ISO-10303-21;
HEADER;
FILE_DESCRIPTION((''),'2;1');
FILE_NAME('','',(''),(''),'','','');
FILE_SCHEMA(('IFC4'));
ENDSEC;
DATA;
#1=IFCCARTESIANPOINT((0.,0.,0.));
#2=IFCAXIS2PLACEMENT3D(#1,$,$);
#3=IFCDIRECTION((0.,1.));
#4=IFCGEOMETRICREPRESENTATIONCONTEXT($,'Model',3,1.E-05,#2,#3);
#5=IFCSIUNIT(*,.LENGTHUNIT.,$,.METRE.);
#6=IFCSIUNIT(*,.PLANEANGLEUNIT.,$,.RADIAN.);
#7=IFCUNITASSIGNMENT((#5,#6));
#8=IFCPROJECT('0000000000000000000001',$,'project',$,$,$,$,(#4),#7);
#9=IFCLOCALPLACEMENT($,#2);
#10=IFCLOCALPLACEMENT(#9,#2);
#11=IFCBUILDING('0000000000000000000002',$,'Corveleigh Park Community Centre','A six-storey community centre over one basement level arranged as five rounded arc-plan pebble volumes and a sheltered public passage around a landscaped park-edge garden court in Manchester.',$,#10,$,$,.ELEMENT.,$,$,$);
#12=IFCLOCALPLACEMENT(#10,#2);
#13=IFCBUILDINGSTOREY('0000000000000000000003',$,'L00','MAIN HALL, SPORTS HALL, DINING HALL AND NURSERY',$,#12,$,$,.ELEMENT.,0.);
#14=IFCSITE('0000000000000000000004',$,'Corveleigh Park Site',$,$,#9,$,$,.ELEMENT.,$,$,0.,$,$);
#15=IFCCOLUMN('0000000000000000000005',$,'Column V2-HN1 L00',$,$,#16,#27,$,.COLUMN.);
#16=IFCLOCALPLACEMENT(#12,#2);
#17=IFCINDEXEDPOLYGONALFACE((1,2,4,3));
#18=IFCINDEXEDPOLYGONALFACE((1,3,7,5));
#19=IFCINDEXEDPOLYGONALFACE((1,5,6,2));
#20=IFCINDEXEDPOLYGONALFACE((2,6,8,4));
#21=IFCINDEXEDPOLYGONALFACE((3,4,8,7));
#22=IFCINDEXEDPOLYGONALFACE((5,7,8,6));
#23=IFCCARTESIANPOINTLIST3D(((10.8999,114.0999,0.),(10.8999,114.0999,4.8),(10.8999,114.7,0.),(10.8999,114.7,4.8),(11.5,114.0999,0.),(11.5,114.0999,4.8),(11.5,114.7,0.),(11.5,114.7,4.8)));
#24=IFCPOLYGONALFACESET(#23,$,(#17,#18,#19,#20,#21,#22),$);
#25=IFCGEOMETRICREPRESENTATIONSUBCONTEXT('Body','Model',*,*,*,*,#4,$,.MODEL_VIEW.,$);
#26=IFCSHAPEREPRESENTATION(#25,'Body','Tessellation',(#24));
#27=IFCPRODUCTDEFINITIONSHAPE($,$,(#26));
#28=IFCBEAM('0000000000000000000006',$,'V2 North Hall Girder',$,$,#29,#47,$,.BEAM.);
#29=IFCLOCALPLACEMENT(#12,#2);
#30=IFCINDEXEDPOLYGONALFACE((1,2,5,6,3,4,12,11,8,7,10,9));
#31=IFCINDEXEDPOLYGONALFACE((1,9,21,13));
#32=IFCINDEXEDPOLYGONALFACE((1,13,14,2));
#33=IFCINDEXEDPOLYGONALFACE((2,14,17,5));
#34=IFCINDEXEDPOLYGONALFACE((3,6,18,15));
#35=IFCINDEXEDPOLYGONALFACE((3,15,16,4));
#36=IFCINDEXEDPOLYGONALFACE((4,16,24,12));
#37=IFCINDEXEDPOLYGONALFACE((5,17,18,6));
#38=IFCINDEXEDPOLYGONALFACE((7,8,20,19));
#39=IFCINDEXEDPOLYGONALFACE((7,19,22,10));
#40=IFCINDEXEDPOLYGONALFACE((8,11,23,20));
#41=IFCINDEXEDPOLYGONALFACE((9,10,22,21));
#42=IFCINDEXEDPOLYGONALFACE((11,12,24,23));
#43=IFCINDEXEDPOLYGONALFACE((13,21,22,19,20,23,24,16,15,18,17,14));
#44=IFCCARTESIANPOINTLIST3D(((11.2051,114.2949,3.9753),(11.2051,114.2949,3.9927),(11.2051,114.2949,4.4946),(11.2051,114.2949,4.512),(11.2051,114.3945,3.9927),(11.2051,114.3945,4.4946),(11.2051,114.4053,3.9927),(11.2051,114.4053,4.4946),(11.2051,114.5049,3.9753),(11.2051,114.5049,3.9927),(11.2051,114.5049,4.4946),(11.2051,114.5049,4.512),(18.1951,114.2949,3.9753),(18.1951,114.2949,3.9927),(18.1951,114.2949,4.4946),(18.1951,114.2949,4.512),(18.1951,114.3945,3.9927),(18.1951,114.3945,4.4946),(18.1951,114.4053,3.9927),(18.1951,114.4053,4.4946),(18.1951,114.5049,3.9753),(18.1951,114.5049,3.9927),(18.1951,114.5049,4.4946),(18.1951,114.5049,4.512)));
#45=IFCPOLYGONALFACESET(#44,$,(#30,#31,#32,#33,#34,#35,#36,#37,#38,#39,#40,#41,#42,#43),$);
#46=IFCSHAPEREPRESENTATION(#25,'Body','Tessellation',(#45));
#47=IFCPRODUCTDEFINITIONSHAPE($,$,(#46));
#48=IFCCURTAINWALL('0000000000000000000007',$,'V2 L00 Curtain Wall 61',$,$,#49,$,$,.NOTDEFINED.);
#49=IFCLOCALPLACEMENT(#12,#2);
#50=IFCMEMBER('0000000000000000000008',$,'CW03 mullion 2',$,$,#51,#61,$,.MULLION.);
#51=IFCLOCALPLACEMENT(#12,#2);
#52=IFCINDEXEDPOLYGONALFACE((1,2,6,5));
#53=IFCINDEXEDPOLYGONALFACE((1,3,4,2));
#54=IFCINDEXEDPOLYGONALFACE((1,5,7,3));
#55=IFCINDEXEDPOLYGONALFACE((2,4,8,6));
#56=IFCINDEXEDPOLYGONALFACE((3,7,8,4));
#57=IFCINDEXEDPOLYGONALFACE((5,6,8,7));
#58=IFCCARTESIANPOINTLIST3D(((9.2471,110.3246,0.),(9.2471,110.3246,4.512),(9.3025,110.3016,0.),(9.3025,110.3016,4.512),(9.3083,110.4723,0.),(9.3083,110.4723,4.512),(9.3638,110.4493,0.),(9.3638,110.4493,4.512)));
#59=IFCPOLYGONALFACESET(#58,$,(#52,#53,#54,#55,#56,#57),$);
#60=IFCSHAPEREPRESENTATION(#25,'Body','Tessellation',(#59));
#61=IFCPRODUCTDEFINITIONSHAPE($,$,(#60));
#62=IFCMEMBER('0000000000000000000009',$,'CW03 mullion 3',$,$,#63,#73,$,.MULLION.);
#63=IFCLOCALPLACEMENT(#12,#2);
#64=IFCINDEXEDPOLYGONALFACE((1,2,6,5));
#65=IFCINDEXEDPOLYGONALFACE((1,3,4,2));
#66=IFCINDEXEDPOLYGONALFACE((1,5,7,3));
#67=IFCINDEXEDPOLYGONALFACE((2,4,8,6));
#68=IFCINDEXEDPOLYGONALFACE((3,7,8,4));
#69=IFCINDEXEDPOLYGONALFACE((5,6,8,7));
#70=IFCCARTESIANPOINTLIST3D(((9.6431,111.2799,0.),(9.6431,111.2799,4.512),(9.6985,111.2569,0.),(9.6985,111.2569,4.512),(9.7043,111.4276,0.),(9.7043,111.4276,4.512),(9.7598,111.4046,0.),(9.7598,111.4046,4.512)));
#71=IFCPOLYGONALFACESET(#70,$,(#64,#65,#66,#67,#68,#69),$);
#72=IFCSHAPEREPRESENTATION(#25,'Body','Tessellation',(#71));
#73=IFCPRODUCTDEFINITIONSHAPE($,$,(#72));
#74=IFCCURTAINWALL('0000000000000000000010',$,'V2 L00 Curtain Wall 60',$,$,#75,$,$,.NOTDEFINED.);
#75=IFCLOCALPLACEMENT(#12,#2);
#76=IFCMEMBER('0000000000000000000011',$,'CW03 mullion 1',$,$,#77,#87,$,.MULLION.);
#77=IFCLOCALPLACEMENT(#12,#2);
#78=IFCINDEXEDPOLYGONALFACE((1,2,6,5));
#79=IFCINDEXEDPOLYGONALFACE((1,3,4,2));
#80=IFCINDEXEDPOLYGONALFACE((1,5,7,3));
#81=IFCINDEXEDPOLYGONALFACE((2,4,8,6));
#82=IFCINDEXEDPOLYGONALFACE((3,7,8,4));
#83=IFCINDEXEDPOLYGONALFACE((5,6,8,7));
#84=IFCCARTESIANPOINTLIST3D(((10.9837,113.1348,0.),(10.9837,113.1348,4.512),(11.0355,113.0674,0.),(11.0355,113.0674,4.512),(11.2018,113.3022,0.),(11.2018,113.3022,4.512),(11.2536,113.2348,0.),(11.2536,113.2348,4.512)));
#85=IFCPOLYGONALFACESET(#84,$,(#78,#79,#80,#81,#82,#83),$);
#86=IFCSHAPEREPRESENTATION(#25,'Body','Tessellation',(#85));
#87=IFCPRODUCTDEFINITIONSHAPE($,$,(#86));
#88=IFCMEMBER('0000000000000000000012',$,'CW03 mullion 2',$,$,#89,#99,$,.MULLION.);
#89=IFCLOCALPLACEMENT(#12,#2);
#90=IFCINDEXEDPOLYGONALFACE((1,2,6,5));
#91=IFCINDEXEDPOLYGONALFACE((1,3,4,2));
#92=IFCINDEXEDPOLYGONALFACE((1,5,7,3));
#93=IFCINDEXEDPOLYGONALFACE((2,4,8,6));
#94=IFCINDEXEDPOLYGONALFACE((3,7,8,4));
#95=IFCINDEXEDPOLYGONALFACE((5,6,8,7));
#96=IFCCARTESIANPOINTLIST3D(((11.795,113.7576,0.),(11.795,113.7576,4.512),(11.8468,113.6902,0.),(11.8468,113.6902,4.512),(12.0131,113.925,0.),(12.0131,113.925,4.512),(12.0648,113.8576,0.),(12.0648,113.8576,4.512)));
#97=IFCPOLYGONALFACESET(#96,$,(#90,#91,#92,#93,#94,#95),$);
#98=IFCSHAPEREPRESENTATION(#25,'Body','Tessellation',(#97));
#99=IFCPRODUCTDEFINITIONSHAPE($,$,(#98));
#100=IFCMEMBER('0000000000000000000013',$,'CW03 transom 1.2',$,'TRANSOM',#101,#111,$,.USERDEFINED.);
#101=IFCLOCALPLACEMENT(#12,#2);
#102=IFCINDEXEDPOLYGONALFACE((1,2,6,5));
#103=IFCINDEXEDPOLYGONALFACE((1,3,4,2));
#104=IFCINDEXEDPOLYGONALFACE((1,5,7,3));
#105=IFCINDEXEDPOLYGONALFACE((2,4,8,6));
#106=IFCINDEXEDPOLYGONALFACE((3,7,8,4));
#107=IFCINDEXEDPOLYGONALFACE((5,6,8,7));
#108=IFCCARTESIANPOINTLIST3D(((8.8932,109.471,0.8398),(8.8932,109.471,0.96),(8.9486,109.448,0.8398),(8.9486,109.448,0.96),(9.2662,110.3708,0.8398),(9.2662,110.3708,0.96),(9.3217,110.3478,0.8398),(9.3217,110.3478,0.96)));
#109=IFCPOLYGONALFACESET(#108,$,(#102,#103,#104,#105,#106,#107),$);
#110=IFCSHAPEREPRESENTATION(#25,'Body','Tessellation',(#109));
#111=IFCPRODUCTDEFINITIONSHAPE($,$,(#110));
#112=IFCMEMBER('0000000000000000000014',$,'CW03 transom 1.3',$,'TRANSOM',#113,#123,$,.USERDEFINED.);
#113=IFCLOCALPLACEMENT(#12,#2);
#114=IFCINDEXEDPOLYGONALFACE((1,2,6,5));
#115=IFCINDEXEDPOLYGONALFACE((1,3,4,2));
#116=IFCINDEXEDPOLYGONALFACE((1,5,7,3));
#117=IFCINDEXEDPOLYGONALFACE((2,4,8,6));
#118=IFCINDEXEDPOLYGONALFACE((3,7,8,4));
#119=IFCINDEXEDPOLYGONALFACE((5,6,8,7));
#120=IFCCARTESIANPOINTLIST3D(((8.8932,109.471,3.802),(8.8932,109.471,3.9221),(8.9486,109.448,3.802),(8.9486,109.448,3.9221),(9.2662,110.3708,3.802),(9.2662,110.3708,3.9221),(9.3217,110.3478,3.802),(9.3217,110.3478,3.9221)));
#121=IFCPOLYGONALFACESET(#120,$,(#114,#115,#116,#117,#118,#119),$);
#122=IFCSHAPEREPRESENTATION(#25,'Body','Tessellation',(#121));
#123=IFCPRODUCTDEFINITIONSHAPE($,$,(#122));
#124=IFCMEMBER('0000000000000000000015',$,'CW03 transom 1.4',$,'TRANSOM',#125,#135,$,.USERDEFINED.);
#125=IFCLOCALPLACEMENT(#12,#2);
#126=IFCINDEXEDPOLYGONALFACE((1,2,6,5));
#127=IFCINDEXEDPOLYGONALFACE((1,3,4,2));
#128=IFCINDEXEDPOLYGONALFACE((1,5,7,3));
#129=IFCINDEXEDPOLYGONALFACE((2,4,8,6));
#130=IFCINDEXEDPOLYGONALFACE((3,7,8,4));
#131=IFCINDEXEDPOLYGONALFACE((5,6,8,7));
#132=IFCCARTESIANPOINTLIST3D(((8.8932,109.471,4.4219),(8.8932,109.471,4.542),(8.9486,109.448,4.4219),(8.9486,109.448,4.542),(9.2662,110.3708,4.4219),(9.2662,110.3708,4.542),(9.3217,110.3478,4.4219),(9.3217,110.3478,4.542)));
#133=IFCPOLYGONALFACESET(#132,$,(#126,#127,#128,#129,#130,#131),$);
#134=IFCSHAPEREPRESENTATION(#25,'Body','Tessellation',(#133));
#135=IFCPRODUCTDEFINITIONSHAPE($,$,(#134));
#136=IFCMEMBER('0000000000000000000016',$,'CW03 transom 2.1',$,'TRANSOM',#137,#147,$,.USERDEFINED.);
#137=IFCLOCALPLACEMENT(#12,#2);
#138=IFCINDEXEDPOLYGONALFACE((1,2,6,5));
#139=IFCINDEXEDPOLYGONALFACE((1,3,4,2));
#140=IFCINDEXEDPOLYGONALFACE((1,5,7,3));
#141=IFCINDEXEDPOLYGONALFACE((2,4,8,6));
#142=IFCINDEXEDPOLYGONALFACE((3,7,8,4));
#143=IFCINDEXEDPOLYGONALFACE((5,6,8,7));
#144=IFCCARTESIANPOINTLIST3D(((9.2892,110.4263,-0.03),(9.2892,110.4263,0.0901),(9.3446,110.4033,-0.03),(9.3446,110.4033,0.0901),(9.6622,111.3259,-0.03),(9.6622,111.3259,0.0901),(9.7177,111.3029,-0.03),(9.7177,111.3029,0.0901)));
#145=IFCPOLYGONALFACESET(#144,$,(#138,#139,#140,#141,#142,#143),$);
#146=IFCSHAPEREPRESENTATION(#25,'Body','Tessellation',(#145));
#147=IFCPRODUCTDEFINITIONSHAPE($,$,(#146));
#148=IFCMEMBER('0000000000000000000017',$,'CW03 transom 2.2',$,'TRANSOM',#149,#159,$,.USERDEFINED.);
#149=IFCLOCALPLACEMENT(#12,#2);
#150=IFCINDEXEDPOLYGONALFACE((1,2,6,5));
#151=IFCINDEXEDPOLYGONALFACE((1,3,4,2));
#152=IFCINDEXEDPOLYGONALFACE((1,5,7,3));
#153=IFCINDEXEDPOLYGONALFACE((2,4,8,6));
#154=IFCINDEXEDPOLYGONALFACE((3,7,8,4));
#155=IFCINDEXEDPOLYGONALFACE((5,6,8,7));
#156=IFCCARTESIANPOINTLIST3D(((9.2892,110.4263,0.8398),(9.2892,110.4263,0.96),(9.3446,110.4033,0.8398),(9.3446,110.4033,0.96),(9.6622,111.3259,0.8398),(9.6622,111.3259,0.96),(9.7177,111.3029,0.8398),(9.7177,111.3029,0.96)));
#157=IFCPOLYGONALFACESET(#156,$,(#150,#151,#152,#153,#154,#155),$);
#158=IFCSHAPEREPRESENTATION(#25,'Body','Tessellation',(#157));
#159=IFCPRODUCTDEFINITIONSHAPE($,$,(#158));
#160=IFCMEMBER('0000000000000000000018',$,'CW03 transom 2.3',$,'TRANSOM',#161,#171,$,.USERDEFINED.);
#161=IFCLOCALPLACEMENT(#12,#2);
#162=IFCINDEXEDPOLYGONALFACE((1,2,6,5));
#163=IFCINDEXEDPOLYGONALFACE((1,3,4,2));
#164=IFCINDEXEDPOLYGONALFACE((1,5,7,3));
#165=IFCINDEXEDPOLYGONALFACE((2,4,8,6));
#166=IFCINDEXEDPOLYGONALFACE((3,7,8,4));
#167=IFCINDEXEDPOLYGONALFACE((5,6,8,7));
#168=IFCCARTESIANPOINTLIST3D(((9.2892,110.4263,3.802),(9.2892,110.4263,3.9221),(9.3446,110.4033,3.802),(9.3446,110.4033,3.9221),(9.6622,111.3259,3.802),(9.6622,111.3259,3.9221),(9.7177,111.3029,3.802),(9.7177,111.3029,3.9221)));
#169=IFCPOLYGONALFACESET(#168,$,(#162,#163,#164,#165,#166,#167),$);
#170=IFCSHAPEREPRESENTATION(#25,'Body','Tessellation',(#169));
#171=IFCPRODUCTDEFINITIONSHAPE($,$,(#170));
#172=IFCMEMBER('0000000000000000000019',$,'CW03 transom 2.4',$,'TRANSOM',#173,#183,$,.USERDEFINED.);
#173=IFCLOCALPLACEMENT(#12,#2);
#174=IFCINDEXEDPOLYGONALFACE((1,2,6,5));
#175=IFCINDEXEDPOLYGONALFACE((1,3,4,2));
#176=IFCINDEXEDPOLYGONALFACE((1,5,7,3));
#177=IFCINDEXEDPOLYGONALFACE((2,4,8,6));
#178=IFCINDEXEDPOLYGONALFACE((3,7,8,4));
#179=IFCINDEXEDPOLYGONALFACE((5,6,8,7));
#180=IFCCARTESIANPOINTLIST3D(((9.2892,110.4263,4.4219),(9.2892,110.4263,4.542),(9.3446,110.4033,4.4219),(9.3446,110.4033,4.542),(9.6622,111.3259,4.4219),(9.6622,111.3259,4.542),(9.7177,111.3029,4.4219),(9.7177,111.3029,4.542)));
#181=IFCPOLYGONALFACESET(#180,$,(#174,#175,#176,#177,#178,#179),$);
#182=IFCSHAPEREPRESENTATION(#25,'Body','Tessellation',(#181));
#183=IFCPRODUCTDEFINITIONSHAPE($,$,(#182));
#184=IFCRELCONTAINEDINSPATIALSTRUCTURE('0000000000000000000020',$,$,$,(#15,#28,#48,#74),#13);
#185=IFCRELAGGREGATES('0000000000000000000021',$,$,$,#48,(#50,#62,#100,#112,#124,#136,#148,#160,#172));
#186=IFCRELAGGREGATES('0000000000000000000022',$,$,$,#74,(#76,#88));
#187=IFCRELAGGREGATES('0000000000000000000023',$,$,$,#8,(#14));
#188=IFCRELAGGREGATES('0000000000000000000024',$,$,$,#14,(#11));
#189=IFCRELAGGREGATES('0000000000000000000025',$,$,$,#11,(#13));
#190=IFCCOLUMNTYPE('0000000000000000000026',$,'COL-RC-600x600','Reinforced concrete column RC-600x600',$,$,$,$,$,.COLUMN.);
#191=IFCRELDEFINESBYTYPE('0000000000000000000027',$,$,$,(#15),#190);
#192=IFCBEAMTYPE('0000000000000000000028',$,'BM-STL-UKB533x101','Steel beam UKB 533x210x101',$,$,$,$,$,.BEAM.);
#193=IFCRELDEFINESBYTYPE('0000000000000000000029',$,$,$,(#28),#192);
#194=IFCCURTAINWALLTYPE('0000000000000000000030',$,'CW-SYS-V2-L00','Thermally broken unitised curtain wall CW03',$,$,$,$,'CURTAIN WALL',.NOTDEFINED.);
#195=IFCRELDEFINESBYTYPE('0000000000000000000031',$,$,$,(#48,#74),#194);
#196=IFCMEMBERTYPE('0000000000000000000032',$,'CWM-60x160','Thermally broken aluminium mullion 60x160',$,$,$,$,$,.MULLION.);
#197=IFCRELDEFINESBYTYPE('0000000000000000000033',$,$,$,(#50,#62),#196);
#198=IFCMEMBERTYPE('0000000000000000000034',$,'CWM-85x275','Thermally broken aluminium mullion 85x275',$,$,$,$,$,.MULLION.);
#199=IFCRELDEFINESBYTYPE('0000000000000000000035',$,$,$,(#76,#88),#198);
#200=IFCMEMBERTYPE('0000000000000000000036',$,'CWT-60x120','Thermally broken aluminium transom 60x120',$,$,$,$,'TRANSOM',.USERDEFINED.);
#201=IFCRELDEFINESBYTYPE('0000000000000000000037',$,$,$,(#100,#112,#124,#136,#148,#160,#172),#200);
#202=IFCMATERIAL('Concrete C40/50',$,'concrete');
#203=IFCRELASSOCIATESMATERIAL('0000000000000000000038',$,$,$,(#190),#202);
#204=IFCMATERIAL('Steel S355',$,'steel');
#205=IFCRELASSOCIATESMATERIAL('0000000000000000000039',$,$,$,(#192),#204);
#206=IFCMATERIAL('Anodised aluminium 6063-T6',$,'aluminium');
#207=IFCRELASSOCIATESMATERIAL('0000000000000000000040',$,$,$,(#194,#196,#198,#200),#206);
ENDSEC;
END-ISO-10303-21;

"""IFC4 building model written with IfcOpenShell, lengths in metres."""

from ifc_helpers import new_model, si_unit, direction, frame, origin, origin_2d, place, context, subcontext, project, spatial, rectangle, i_section, extrude, material, material_profile, profile_set, type_object, element, aggregate, save


model = new_model("IFC4")

# Units and contexts
model_context = context("Model", 3, precision=1e-05, world=origin(), true_north=direction((0.0, 1.0)))
body_context = subcontext(model_context, "Body", "Model", "MODEL_VIEW")
ifc_project = project(units=[si_unit("LENGTHUNIT", "METRE"), si_unit("PLANEANGLEUNIT", "RADIAN")], contexts=[model_context])

# Site, building, storey
site_placement = place(None, origin())
site = spatial("IfcSite", under=ifc_project, at=site_placement, Name="Corveleigh Park Site", CompositionType="ELEMENT", RefElevation=0.0)
building_placement = place(site_placement, origin())
building = spatial("IfcBuilding", under=site, at=building_placement, Name="Corveleigh Park Community Centre", Description="A six-storey community centre over one basement level arranged as five rounded arc-plan pebble volumes and a sheltered public passage around a landscaped park-edge garden court in Manchester.", CompositionType="ELEMENT")
storey_placement = place(building_placement, origin())
storey = spatial("IfcBuildingStorey", under=building, at=storey_placement, Name="L00", Description="MAIN HALL, SPORTS HALL, DINING HALL AND NURSERY", CompositionType="ELEMENT", Elevation=0.0)

# Column
ifc_material_1 = material(Name="Concrete C40/50", Category="concrete")
ifc_material_profile_1 = material_profile(ifc_material_1, rectangle(XDim=0.6001, YDim=0.6001, at=origin_2d()), Name="RC-600x600", Category="concrete")
ifc_profile_set_1 = profile_set([ifc_material_profile_1], Name="Concrete C40/50")
column_type = type_object("IfcColumnType", Name="COL-RC-600x600", Description="Reinforced concrete column RC-600x600", PredefinedType="COLUMN", material=ifc_profile_set_1)
column_placement = place(storey_placement, frame((11.2, 114.3999, 0.0), z_axis=(0.0, 0.0, 1.0), x_axis=(1.0, 0.0, 0.0)))
element("IfcColumn", 1, at=column_placement, inside=storey, type_object=column_type, Name="Column V2-HN1 L00", PredefinedType="COLUMN", context=body_context, shape_type="SweptSolid", body=[
    extrude(rectangle(XDim=0.6001, YDim=0.6001, at=origin_2d()), origin(), (0.0, 0.0, 1.0), 4.8),
])

# Beam
ifc_material_2 = material(Name="Steel S355", Category="steel")
ifc_material_profile_2 = material_profile(ifc_material_2, i_section(OverallWidth=0.21, OverallDepth=0.5366, WebThickness=0.0107, FlangeThickness=0.0173, at=origin_2d()), Name="UKB 533x210x101", Category="steel")
ifc_profile_set_2 = profile_set([ifc_material_profile_2], Name="Steel S355")
beam_type = type_object("IfcBeamType", Name="BM-STL-UKB533x101", Description="Steel beam UKB 533x210x101", PredefinedType="BEAM", material=ifc_profile_set_2)
beam_placement = place(storey_placement, frame((11.2051, 114.3999, 4.2437), z_axis=(1.0, 0.0, 0.0), x_axis=(0.0, 1.0, 0.0)))
element("IfcBeam", 2, at=beam_placement, inside=storey, type_object=beam_type, Name="V2 North Hall Girder", PredefinedType="BEAM", context=body_context, shape_type="SweptSolid", body=[
    extrude(i_section(OverallWidth=0.21, OverallDepth=0.5366, WebThickness=0.0107, FlangeThickness=0.0173, at=origin_2d()), origin(), (0.0, 0.0, 1.0), 6.99),
])

# Curtain walls, members
ifc_material_3 = material(Name="Anodised aluminium 6063-T6", Category="aluminium")
curtain_wall_type = type_object("IfcCurtainWallType", Name="CW-SYS-V2-L00", Description="Thermally broken unitised curtain wall CW03", ElementType="CURTAIN WALL", PredefinedType="NOTDEFINED", material=ifc_material_3)
curtain_wall_1_placement = place(storey_placement, origin())
curtain_wall_1 = element("IfcCurtainWall", 3, at=curtain_wall_1_placement, inside=storey, type_object=curtain_wall_type, Name="V2 L00 Curtain Wall 61", PredefinedType="NOTDEFINED")
ifc_material_profile_3 = material_profile(ifc_material_3, rectangle(XDim=0.0601, YDim=0.1599, at=origin_2d()), Name="ALU-M60x160", Category="aluminium")
ifc_profile_set_3 = profile_set([ifc_material_profile_3], Name="Anodised aluminium 6063-T6")
member_type_1 = type_object("IfcMemberType", Name="CWM-60x160", Description="Thermally broken aluminium mullion 60x160", PredefinedType="MULLION", material=ifc_profile_set_3)
member_1_placement = place(storey_placement, frame((9.3054, 110.387, 0.0), z_axis=(0.0, 0.0, 1.0), x_axis=(-0.92377, 0.382947, 0.0)))
member_1 = element("IfcMember", 4, at=member_1_placement, type_object=member_type_1, Name="CW03 mullion 2", PredefinedType="MULLION", context=body_context, shape_type="SweptSolid", body=[
    extrude(rectangle(XDim=0.0601, YDim=0.1599, at=origin_2d()), origin(), (0.0, 0.0, 1.0), 4.512),
])
member_2_placement = place(storey_placement, frame((9.7014, 111.3423, 0.0), z_axis=(0.0, 0.0, 1.0), x_axis=(-0.92377, 0.382947, 0.0)))
member_2 = element("IfcMember", 5, at=member_2_placement, type_object=member_type_1, Name="CW03 mullion 3", PredefinedType="MULLION", context=body_context, shape_type="SweptSolid", body=[
    extrude(rectangle(XDim=0.0601, YDim=0.1599, at=origin_2d()), origin(), (0.0, 0.0, 1.0), 4.512),
])
curtain_wall_2_placement = place(storey_placement, origin())
curtain_wall_2 = element("IfcCurtainWall", 6, at=curtain_wall_2_placement, inside=storey, type_object=curtain_wall_type, Name="V2 L00 Curtain Wall 60", PredefinedType="NOTDEFINED")
ifc_material_profile_4 = material_profile(ifc_material_3, rectangle(XDim=0.085, YDim=0.2749, at=origin_2d()), Name="ALU-M85x275", Category="aluminium")
ifc_profile_set_4 = profile_set([ifc_material_profile_4], Name="Anodised aluminium 6063-T6")
member_type_2 = type_object("IfcMemberType", Name="CWM-85x275", Description="Thermally broken aluminium mullion 85x275", PredefinedType="MULLION", material=ifc_profile_set_4)
member_3_placement = place(storey_placement, frame((11.1187, 113.1848, 0.0), z_axis=(0.0, 0.0, 1.0), x_axis=(-0.608826, 0.793304, 0.0)))
member_3 = element("IfcMember", 7, at=member_3_placement, type_object=member_type_2, Name="CW03 mullion 1", PredefinedType="MULLION", context=body_context, shape_type="SweptSolid", body=[
    extrude(rectangle(XDim=0.085, YDim=0.2749, at=origin_2d()), origin(), (0.0, 0.0, 1.0), 4.512),
])
member_4_placement = place(storey_placement, frame((11.9299, 113.8076, 0.0), z_axis=(0.0, 0.0, 1.0), x_axis=(-0.608826, 0.793304, 0.0)))
member_4 = element("IfcMember", 8, at=member_4_placement, type_object=member_type_2, Name="CW03 mullion 2", PredefinedType="MULLION", context=body_context, shape_type="SweptSolid", body=[
    extrude(rectangle(XDim=0.085, YDim=0.2749, at=origin_2d()), origin(), (0.0, 0.0, 1.0), 4.512),
])

# Members
ifc_material_profile_5 = material_profile(ifc_material_3, rectangle(XDim=0.0601, YDim=0.1201, at=origin_2d()), Name="ALU-T60x120", Category="aluminium")
ifc_profile_set_5 = profile_set([ifc_material_profile_5], Name="Anodised aluminium 6063-T6")
member_type_3 = type_object("IfcMemberType", Name="CWT-60x120", Description="Thermally broken aluminium transom 60x120", ElementType="TRANSOM", PredefinedType="USERDEFINED", material=ifc_profile_set_5)
member_5_placement = place(storey_placement, frame((8.9209, 109.4595, 0.8999), z_axis=(0.382942, 0.923772, 0.0), x_axis=(-0.923772, 0.382942, 0.0)))
member_5 = element("IfcMember", 9, at=member_5_placement, type_object=member_type_3, Name="CW03 transom 1.2", ObjectType="TRANSOM", PredefinedType="USERDEFINED", context=body_context, shape_type="SweptSolid", body=[
    extrude(rectangle(XDim=0.0601, YDim=0.1201, at=origin_2d()), origin(), (0.0, 0.0, 1.0), 0.9741),
])
member_6_placement = place(storey_placement, frame((8.9209, 109.4595, 3.8621), z_axis=(0.382942, 0.923772, 0.0), x_axis=(-0.923772, 0.382942, 0.0)))
member_6 = element("IfcMember", 10, at=member_6_placement, type_object=member_type_3, Name="CW03 transom 1.3", ObjectType="TRANSOM", PredefinedType="USERDEFINED", context=body_context, shape_type="SweptSolid", body=[
    extrude(rectangle(XDim=0.0601, YDim=0.1201, at=origin_2d()), origin(), (0.0, 0.0, 1.0), 0.9741),
])
member_7_placement = place(storey_placement, frame((8.9209, 109.4595, 4.4819), z_axis=(0.382942, 0.923772, 0.0), x_axis=(-0.923772, 0.382942, 0.0)))
member_7 = element("IfcMember", 11, at=member_7_placement, type_object=member_type_3, Name="CW03 transom 1.4", ObjectType="TRANSOM", PredefinedType="USERDEFINED", context=body_context, shape_type="SweptSolid", body=[
    extrude(rectangle(XDim=0.0601, YDim=0.1201, at=origin_2d()), origin(), (0.0, 0.0, 1.0), 0.9741),
])
member_8_placement = place(storey_placement, frame((9.3169, 110.4148, 0.03), z_axis=(0.383031, 0.923736, 0.0), x_axis=(-0.923736, 0.383031, 0.0)))
member_8 = element("IfcMember", 12, at=member_8_placement, type_object=member_type_3, Name="CW03 transom 2.1", ObjectType="TRANSOM", PredefinedType="USERDEFINED", context=body_context, shape_type="SweptSolid", body=[
    extrude(rectangle(XDim=0.0601, YDim=0.1201, at=origin_2d()), origin(), (0.0, 0.0, 1.0), 0.9739),
])
member_9_placement = place(storey_placement, frame((9.3169, 110.4148, 0.8999), z_axis=(0.383031, 0.923736, 0.0), x_axis=(-0.923736, 0.383031, 0.0)))
member_9 = element("IfcMember", 13, at=member_9_placement, type_object=member_type_3, Name="CW03 transom 2.2", ObjectType="TRANSOM", PredefinedType="USERDEFINED", context=body_context, shape_type="SweptSolid", body=[
    extrude(rectangle(XDim=0.0601, YDim=0.1201, at=origin_2d()), origin(), (0.0, 0.0, 1.0), 0.9739),
])
member_10_placement = place(storey_placement, frame((9.3169, 110.4148, 3.8621), z_axis=(0.383031, 0.923736, 0.0), x_axis=(-0.923736, 0.383031, 0.0)))
member_10 = element("IfcMember", 14, at=member_10_placement, type_object=member_type_3, Name="CW03 transom 2.3", ObjectType="TRANSOM", PredefinedType="USERDEFINED", context=body_context, shape_type="SweptSolid", body=[
    extrude(rectangle(XDim=0.0601, YDim=0.1201, at=origin_2d()), origin(), (0.0, 0.0, 1.0), 0.9739),
])
member_11_placement = place(storey_placement, frame((9.3169, 110.4148, 4.4819), z_axis=(0.383031, 0.923736, 0.0), x_axis=(-0.923736, 0.383031, 0.0)))
member_11 = element("IfcMember", 15, at=member_11_placement, type_object=member_type_3, Name="CW03 transom 2.4", ObjectType="TRANSOM", PredefinedType="USERDEFINED", context=body_context, shape_type="SweptSolid", body=[
    extrude(rectangle(XDim=0.0601, YDim=0.1201, at=origin_2d()), origin(), (0.0, 0.0, 1.0), 0.9739),
])

aggregate(curtain_wall_1, [member_1, member_2, member_5, member_6, member_7, member_8, member_9, member_10, member_11])
aggregate(curtain_wall_2, [member_3, member_4])

save(model, "model.ifc")
